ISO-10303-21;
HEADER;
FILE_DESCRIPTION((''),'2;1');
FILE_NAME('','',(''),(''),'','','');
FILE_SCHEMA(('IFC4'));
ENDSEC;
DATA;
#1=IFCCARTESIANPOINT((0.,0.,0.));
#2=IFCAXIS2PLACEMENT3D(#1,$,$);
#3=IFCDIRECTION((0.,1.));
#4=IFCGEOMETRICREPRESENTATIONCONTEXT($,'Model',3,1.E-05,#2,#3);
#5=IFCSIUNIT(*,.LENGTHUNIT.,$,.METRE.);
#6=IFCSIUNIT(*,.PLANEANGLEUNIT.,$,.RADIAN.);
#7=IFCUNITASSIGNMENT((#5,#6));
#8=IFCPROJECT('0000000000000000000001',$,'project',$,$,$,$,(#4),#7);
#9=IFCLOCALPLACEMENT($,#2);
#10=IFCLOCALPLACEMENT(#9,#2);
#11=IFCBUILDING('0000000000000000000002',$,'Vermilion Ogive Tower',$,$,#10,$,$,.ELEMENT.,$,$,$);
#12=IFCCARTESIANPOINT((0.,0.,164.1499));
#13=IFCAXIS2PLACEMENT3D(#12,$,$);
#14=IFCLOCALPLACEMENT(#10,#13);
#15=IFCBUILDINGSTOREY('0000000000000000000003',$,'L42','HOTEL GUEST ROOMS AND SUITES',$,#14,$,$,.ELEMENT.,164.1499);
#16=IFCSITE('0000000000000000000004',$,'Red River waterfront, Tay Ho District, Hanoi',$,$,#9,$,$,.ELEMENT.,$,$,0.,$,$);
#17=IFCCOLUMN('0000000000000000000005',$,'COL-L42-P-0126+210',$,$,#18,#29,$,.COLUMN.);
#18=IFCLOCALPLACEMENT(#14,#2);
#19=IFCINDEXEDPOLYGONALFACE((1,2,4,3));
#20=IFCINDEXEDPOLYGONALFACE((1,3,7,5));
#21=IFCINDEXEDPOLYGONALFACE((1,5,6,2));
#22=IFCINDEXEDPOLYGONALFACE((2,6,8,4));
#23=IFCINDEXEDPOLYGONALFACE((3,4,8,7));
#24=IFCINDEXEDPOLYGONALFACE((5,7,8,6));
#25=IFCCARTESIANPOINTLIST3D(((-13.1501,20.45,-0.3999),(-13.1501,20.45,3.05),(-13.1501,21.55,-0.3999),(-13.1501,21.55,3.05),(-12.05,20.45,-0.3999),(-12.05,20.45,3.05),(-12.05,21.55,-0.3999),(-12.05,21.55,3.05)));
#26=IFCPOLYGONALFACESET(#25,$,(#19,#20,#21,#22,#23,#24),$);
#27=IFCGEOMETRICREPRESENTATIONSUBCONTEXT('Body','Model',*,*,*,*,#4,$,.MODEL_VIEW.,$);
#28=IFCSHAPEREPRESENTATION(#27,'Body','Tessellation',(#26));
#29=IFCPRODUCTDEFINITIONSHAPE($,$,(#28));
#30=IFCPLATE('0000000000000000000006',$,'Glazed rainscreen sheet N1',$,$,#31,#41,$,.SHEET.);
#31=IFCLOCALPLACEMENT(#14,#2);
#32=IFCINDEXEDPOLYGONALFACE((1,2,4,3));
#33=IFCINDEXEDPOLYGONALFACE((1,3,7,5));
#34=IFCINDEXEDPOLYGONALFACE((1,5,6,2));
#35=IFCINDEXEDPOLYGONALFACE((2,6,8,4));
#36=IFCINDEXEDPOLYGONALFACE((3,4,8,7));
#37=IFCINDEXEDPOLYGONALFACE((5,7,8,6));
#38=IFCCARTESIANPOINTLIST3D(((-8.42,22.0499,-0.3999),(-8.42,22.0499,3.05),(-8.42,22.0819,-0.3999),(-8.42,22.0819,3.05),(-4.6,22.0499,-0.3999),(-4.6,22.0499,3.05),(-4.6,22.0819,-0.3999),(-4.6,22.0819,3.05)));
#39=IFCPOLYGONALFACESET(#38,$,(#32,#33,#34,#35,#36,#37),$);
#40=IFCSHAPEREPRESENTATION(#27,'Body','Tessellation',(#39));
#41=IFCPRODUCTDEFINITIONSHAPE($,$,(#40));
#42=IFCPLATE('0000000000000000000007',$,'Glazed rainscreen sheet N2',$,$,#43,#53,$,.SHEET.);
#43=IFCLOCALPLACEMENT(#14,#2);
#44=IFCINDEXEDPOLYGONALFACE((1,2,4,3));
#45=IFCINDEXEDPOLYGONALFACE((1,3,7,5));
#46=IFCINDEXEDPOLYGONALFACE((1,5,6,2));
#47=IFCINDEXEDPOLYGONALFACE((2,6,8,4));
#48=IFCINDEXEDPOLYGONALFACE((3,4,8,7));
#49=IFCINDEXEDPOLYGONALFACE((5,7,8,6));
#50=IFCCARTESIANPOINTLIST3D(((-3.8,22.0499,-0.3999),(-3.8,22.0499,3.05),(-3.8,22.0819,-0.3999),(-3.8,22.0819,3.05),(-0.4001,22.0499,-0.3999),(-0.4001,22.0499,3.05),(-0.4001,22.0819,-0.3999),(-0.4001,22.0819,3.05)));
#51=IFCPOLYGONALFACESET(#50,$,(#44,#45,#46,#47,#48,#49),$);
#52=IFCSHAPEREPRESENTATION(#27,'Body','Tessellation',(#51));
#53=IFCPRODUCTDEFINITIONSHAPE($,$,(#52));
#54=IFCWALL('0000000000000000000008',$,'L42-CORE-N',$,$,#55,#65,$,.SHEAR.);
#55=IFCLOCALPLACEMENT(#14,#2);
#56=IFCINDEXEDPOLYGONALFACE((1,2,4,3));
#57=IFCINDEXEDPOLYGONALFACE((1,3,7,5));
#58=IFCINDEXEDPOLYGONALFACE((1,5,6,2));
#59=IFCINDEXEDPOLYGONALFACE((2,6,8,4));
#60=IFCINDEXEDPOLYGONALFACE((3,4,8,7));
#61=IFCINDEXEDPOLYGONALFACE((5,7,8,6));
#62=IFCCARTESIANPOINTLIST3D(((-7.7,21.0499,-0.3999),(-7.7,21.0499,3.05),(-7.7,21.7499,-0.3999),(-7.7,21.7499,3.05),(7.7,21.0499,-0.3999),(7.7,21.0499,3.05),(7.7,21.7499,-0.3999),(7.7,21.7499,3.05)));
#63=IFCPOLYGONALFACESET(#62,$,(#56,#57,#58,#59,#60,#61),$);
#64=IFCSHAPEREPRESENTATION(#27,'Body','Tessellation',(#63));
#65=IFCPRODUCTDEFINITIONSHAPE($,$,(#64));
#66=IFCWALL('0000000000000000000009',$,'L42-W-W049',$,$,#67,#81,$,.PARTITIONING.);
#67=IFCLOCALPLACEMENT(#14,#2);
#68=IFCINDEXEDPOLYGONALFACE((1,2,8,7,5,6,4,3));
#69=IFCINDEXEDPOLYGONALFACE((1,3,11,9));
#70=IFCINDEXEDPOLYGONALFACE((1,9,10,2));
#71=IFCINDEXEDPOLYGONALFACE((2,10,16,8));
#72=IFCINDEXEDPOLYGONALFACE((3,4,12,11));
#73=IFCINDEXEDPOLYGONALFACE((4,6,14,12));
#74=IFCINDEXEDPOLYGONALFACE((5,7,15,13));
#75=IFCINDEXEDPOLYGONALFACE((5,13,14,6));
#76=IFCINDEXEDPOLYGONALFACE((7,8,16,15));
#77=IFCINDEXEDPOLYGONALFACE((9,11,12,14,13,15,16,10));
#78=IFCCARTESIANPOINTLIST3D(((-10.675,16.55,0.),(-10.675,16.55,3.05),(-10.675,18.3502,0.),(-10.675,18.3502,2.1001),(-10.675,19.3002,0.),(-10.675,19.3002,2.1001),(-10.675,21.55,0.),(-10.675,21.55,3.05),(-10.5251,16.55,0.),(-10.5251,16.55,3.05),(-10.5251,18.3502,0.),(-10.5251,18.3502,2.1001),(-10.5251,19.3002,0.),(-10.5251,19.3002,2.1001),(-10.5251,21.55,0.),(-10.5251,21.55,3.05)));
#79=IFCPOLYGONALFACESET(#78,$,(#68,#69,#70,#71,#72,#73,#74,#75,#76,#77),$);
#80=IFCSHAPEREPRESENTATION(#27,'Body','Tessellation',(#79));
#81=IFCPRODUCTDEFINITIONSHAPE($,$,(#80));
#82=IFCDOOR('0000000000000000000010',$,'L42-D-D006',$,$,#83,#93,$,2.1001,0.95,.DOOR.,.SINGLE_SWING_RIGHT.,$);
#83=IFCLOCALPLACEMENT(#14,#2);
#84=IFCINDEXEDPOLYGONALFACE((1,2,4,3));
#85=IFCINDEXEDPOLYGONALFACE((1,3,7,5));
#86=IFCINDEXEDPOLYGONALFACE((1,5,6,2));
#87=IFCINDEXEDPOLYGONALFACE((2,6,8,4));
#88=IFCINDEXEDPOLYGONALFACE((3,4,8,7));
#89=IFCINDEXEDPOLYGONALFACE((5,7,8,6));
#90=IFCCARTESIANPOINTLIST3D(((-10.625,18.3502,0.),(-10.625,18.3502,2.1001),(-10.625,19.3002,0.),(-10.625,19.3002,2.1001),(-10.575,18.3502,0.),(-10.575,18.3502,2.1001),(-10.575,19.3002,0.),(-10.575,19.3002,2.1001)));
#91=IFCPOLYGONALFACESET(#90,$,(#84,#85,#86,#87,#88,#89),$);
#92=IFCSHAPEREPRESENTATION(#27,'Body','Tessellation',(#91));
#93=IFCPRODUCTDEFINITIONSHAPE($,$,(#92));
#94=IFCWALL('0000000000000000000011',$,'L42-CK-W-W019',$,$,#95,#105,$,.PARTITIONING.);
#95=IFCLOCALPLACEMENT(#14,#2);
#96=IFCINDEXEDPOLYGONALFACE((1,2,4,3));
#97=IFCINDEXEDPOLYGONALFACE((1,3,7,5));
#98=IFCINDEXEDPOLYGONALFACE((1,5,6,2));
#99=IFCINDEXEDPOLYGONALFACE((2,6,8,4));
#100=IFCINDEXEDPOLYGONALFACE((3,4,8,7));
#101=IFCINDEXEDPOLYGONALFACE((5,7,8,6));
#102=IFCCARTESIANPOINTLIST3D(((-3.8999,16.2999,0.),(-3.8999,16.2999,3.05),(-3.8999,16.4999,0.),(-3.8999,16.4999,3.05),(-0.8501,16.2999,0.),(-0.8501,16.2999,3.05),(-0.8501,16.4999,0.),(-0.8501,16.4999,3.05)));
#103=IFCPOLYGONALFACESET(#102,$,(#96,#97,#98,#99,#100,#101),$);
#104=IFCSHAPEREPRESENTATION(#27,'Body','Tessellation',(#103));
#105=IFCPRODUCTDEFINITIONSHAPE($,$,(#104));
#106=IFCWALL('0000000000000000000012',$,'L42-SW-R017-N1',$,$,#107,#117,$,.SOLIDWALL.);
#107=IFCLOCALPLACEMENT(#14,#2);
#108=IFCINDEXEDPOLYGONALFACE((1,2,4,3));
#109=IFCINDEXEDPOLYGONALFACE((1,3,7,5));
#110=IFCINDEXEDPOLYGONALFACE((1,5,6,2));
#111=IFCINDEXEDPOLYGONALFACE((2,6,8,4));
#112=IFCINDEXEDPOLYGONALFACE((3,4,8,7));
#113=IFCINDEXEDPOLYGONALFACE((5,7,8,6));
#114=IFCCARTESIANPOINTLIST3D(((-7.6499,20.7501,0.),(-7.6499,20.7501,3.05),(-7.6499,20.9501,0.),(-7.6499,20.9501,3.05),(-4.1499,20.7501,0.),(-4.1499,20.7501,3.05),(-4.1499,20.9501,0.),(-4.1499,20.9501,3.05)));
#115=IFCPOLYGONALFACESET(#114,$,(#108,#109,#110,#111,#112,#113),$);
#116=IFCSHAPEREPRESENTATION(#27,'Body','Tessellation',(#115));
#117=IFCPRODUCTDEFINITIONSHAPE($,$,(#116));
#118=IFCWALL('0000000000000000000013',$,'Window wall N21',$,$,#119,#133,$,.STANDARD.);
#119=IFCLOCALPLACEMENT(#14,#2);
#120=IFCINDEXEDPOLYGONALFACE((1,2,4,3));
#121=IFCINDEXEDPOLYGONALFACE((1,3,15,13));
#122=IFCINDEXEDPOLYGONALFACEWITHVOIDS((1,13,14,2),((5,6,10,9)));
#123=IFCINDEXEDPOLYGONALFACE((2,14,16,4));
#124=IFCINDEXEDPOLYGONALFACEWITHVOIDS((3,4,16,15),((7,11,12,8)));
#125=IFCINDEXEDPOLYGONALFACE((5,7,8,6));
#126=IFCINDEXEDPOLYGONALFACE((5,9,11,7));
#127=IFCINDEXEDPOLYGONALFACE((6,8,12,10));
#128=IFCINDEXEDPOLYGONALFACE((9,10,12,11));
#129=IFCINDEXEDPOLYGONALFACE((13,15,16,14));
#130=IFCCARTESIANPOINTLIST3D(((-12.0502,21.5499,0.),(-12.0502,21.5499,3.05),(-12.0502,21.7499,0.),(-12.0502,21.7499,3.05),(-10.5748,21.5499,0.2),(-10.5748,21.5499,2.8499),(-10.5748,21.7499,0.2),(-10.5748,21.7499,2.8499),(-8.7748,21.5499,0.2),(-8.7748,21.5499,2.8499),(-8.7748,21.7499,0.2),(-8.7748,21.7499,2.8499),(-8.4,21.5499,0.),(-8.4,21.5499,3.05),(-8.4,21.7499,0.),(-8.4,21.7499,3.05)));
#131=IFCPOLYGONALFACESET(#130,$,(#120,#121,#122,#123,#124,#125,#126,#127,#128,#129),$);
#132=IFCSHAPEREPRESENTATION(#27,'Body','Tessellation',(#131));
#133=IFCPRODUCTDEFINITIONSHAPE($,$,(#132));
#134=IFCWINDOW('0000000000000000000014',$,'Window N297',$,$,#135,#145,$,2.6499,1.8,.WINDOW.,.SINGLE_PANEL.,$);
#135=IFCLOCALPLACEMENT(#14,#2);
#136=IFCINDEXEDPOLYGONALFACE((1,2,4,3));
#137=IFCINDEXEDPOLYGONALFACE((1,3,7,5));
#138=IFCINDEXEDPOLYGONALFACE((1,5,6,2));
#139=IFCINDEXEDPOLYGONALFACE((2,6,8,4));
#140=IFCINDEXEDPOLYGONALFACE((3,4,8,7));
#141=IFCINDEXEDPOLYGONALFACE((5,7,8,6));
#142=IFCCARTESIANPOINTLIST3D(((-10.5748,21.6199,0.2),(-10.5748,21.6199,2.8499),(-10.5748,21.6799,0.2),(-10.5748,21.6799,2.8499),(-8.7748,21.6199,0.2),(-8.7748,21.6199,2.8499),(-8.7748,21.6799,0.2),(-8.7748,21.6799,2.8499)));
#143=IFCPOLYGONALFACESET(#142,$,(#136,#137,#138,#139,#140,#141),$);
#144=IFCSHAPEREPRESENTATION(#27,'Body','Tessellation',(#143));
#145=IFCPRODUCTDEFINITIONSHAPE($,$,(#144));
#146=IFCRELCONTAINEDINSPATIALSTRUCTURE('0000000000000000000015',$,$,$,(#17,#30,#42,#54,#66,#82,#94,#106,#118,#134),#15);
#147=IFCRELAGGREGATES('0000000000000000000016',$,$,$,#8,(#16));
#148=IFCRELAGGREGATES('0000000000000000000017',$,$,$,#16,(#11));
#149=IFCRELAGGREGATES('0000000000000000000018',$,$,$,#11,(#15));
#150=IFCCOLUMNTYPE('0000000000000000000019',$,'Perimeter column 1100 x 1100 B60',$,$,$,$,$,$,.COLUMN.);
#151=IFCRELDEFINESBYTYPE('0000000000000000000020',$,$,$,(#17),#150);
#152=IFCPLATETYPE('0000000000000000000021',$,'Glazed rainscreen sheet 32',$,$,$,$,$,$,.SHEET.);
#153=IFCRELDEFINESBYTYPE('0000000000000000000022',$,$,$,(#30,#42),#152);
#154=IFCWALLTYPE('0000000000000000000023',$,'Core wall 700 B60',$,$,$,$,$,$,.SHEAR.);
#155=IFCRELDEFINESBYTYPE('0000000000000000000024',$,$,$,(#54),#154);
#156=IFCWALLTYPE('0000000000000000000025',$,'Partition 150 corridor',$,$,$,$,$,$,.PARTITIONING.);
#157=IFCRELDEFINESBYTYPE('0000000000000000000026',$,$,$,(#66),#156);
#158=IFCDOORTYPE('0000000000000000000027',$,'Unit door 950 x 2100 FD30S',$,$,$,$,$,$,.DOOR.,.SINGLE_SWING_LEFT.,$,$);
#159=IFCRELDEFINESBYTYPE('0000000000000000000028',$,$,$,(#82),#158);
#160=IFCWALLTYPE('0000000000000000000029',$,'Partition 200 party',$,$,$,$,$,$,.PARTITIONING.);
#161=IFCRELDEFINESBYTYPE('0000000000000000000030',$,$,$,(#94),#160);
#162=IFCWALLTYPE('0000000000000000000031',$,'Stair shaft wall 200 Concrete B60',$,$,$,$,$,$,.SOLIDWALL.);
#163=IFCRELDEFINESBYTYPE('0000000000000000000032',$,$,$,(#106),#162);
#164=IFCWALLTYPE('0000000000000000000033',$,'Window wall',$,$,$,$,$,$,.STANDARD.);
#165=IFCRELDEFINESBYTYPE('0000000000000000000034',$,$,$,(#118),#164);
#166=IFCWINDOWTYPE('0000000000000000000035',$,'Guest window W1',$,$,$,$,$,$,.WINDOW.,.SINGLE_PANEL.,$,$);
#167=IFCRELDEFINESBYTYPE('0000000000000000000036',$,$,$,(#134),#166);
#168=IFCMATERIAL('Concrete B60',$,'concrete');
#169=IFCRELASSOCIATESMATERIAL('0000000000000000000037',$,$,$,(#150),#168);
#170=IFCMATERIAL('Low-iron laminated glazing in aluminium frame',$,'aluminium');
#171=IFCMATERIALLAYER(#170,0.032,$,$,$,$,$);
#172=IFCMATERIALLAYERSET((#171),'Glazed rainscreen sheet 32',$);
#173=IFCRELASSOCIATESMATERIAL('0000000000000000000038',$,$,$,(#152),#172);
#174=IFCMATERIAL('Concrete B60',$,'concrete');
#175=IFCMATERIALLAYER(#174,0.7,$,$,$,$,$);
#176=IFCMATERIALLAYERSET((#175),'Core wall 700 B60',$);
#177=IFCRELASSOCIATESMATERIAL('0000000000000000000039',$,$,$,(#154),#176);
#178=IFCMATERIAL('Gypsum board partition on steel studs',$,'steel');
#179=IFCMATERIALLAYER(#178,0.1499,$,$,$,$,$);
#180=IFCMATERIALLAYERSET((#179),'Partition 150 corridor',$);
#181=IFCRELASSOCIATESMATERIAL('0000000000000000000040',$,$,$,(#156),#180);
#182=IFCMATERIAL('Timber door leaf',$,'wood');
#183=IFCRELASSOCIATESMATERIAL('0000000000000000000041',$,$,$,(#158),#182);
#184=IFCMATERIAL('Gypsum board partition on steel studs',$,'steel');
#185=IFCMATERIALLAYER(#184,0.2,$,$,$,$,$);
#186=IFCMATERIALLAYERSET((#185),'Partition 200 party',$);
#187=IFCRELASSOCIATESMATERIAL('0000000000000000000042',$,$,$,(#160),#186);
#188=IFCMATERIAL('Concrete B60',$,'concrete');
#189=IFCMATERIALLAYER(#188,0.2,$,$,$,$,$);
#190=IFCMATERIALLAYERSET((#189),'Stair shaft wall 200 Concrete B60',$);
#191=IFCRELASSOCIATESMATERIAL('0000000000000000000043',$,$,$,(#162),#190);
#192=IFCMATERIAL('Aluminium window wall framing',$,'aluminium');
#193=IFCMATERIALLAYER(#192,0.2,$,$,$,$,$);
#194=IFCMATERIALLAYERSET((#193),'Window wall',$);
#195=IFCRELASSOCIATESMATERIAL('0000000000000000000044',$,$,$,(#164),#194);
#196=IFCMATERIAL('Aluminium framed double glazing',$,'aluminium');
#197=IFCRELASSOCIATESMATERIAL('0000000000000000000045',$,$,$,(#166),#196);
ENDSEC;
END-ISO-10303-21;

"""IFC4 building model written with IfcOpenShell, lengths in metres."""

from ifc_helpers import new_model, si_unit, direction, frame, frame_2d, origin, origin_2d, place, context, subcontext, project, spatial, rectangle, extrude, material, layer, layer_set, material_profile, profile_set, type_object, element, fill, save


model = new_model("IFC4")

# Units and contexts
model_context = context("Model", 3, precision=1e-05, world=origin(), true_north=direction((0.0, 1.0)))
body_context = subcontext(model_context, "Body", "Model", "MODEL_VIEW")
ifc_project = project(units=[si_unit("LENGTHUNIT", "METRE"), si_unit("PLANEANGLEUNIT", "RADIAN")], contexts=[model_context])

# Site, building, storey
site_placement = place(None, origin())
site = spatial("IfcSite", under=ifc_project, at=site_placement, Name="Red River waterfront, Tay Ho District, Hanoi", CompositionType="ELEMENT", RefElevation=0.0)
building_placement = place(site_placement, origin())
building = spatial("IfcBuilding", under=site, at=building_placement, Name="Vermilion Ogive Tower", CompositionType="ELEMENT")
storey_placement = place(building_placement, frame((0.0, 0.0, 164.1499)))
storey = spatial("IfcBuildingStorey", under=building, at=storey_placement, Name="L42", Description="HOTEL GUEST ROOMS AND SUITES", CompositionType="ELEMENT", Elevation=164.1499)

# Column
ifc_material_1 = material(Name="Concrete B60", Category="concrete")
ifc_material_profile = material_profile(ifc_material_1, rectangle(XDim=1.1001, YDim=1.1001, at=origin_2d()), Name="1100 x 1100")
ifc_profile_set = profile_set([ifc_material_profile], Name="Concrete B60")
column_type = type_object("IfcColumnType", Name="Perimeter column 1100 x 1100 B60", PredefinedType="COLUMN", material=ifc_profile_set)
column_placement = place(storey_placement, frame((-12.6001, 21.0, -0.3999), z_axis=(0.0, 0.0, 1.0), x_axis=(1.0, 0.0, 0.0)))
element("IfcColumn", 1, at=column_placement, inside=storey, type_object=column_type, Name="COL-L42-P-0126+210", PredefinedType="COLUMN", context=body_context, shape_type="SweptSolid", body=[
    extrude(rectangle(XDim=1.1001, YDim=1.1001, at=origin_2d()), origin(), (0.0, 0.0, 1.0), 3.45),
])

# Plates
ifc_material_2 = material(Name="Low-iron laminated glazing in aluminium frame", Category="aluminium")
ifc_layer_1 = layer(ifc_material_2, 0.032)
ifc_layer_set_1 = layer_set([ifc_layer_1], Name="Glazed rainscreen sheet 32")
plate_type = type_object("IfcPlateType", Name="Glazed rainscreen sheet 32", PredefinedType="SHEET", material=ifc_layer_set_1)
plate_1_placement = place(storey_placement, frame((-6.51, 22.0659, -0.3999), z_axis=(0.0, 0.0, 1.0), x_axis=(1.0, 0.0, 0.0)))
element("IfcPlate", 2, at=plate_1_placement, inside=storey, type_object=plate_type, Name="Glazed rainscreen sheet N1", PredefinedType="SHEET", context=body_context, shape_type="SweptSolid", body=[
    extrude(rectangle(XDim=3.8201, YDim=0.032, at=origin_2d()), origin(), (0.0, 0.0, 1.0), 3.45),
])
plate_2_placement = place(storey_placement, frame((-2.1001, 22.0659, -0.3999), z_axis=(0.0, 0.0, 1.0), x_axis=(1.0, 0.0, 0.0)))
element("IfcPlate", 3, at=plate_2_placement, inside=storey, type_object=plate_type, Name="Glazed rainscreen sheet N2", PredefinedType="SHEET", context=body_context, shape_type="SweptSolid", body=[
    extrude(rectangle(XDim=3.3999, YDim=0.032, at=origin_2d()), origin(), (0.0, 0.0, 1.0), 3.45),
])

# Wall
ifc_material_3 = material(Name="Concrete B60", Category="concrete")
ifc_layer_2 = layer(ifc_material_3, 0.7)
ifc_layer_set_2 = layer_set([ifc_layer_2], Name="Core wall 700 B60")
wall_type_1 = type_object("IfcWallType", Name="Core wall 700 B60", PredefinedType="SHEAR", material=ifc_layer_set_2)
wall_1_placement = place(storey_placement, frame((-7.7, 21.3999, -0.3999), z_axis=(0.0, 0.0, 1.0), x_axis=(1.0, 0.0, 0.0)))
element("IfcWall", 4, at=wall_1_placement, inside=storey, type_object=wall_type_1, Name="L42-CORE-N", PredefinedType="SHEAR", context=body_context, shape_type="SweptSolid", body=[
    extrude(rectangle(XDim=15.3999, YDim=0.7, at=frame_2d((7.7, 0.0))), origin(), (0.0, 0.0, 1.0), 3.45),
])

# Wall, opening, door
ifc_material_4 = material(Name="Gypsum board partition on steel studs", Category="steel")
ifc_layer_3 = layer(ifc_material_4, 0.1499)
ifc_layer_set_3 = layer_set([ifc_layer_3], Name="Partition 150 corridor")
wall_type_2 = type_object("IfcWallType", Name="Partition 150 corridor", PredefinedType="PARTITIONING", material=ifc_layer_set_3)
wall_2_placement = place(storey_placement, frame((-10.6001, 16.55, 0.0), z_axis=(0.0, 0.0, 1.0), x_axis=(0.0, 1.0, 0.0)))
wall_2 = element("IfcWall", 5, at=wall_2_placement, inside=storey, type_object=wall_type_2, Name="L42-W-W049", PredefinedType="PARTITIONING", context=body_context, shape_type="SweptSolid", body=[
    extrude(rectangle(XDim=5.0, YDim=0.1499, at=frame_2d((2.5, 0.0))), origin(), (0.0, 0.0, 1.0), 3.05),
])
opening_1_placement = place(wall_2_placement, frame((1.8, 0.0, 0.0)))
opening_1 = element("IfcOpeningElement", 6, at=opening_1_placement, cuts=wall_2, PredefinedType="OPENING", context=body_context, shape_type="SweptSolid", body=[
    extrude(rectangle(XDim=0.95, YDim=2.1001, at=frame_2d((0.4751, 1.05))), frame((0.0, 0.085, 0.0), z_axis=(0.0, -1.0, 0.0), x_axis=(1.0, 0.0, 0.0)), (0.0, 0.0, 1.0), 0.1699),
])
ifc_material_5 = material(Name="Timber door leaf", Category="wood")
door_type = type_object("IfcDoorType", Name="Unit door 950 x 2100 FD30S", OperationType="SINGLE_SWING_LEFT", PredefinedType="DOOR", material=ifc_material_5)
door_placement = place(opening_1_placement, origin())
door = element("IfcDoor", 7, at=door_placement, inside=storey, type_object=door_type, Name="L42-D-D006", OperationType="SINGLE_SWING_RIGHT", OverallHeight=2.1001, OverallWidth=0.95, PredefinedType="DOOR", context=body_context, shape_type="SweptSolid", body=[
    extrude(rectangle(XDim=0.95, YDim=2.1001, at=frame_2d((0.4751, 1.05))), frame((0.0, 0.0249, 0.0), z_axis=(0.0, -1.0, 0.0), x_axis=(1.0, 0.0, 0.0)), (0.0, 0.0, 1.0), 0.05),
])
fill(opening_1, door)

# Walls
ifc_material_6 = material(Name="Gypsum board partition on steel studs", Category="steel")
ifc_layer_4 = layer(ifc_material_6, 0.2)
ifc_layer_set_4 = layer_set([ifc_layer_4], Name="Partition 200 party")
wall_type_3 = type_object("IfcWallType", Name="Partition 200 party", PredefinedType="PARTITIONING", material=ifc_layer_set_4)
wall_3_placement = place(storey_placement, frame((-3.8999, 16.3999, 0.0), z_axis=(0.0, 0.0, 1.0), x_axis=(1.0, 0.0, 0.0)))
element("IfcWall", 8, at=wall_3_placement, inside=storey, type_object=wall_type_3, Name="L42-CK-W-W019", PredefinedType="PARTITIONING", context=body_context, shape_type="SweptSolid", body=[
    extrude(rectangle(XDim=3.0498, YDim=0.2, at=frame_2d((1.5249, 0.0))), origin(), (0.0, 0.0, 1.0), 3.05),
])
ifc_material_7 = material(Name="Concrete B60", Category="concrete")
ifc_layer_5 = layer(ifc_material_7, 0.2)
ifc_layer_set_5 = layer_set([ifc_layer_5], Name="Stair shaft wall 200 Concrete B60")
wall_type_4 = type_object("IfcWallType", Name="Stair shaft wall 200 Concrete B60", PredefinedType="SOLIDWALL", material=ifc_layer_set_5)
wall_4_placement = place(storey_placement, frame((-7.6499, 20.8501, 0.0), z_axis=(0.0, 0.0, 1.0), x_axis=(1.0, 0.0, 0.0)))
element("IfcWall", 9, at=wall_4_placement, inside=storey, type_object=wall_type_4, Name="L42-SW-R017-N1", PredefinedType="SOLIDWALL", context=body_context, shape_type="SweptSolid", body=[
    extrude(rectangle(XDim=3.5, YDim=0.2, at=frame_2d((1.75, 0.0))), origin(), (0.0, 0.0, 1.0), 3.05),
])

# Wall, opening, window
ifc_material_8 = material(Name="Aluminium window wall framing", Category="aluminium")
ifc_layer_6 = layer(ifc_material_8, 0.2)
ifc_layer_set_6 = layer_set([ifc_layer_6], Name="Window wall")
wall_type_5 = type_object("IfcWallType", Name="Window wall", PredefinedType="STANDARD", material=ifc_layer_set_6)
wall_5_placement = place(storey_placement, frame((-8.3999, 21.6499, 0.0), z_axis=(0.0, 0.0, 1.0), x_axis=(-1.0, 0.0, 0.0)))
wall_5 = element("IfcWall", 10, at=wall_5_placement, inside=storey, type_object=wall_type_5, Name="Window wall N21", PredefinedType="STANDARD", context=body_context, shape_type="SweptSolid", body=[
    extrude(rectangle(XDim=3.6501, YDim=0.2, at=frame_2d((1.8252, 0.0))), origin(), (0.0, 0.0, 1.0), 3.05),
])
opening_2_placement = place(wall_5_placement, frame((0.375, 0.0, 0.2)))
opening_2 = element("IfcOpeningElement", 11, at=opening_2_placement, cuts=wall_5, PredefinedType="OPENING", context=body_context, shape_type="SweptSolid", body=[
    extrude(rectangle(XDim=1.8, YDim=2.6499, at=frame_2d((0.8999, 1.325))), frame((0.0, 0.1099, 0.0), z_axis=(0.0, -1.0, 0.0), x_axis=(1.0, 0.0, 0.0)), (0.0, 0.0, 1.0), 0.22),
])
ifc_material_9 = material(Name="Aluminium framed double glazing", Category="aluminium")
window_type = type_object("IfcWindowType", Name="Guest window W1", PartitioningType="SINGLE_PANEL", PredefinedType="WINDOW", material=ifc_material_9)
window_placement = place(opening_2_placement, origin())
window = element("IfcWindow", 12, at=window_placement, inside=storey, type_object=window_type, Name="Window N297", OverallHeight=2.6499, OverallWidth=1.8, PartitioningType="SINGLE_PANEL", PredefinedType="WINDOW", context=body_context, shape_type="SweptSolid", body=[
    extrude(rectangle(XDim=1.8, YDim=2.6499, at=frame_2d((0.8999, 1.325))), frame((0.0, 0.03, 0.0), z_axis=(0.0, -1.0, 0.0), x_axis=(1.0, 0.0, 0.0)), (0.0, 0.0, 1.0), 0.0601),
])
fill(opening_2, window)

save(model, "model.ifc")
